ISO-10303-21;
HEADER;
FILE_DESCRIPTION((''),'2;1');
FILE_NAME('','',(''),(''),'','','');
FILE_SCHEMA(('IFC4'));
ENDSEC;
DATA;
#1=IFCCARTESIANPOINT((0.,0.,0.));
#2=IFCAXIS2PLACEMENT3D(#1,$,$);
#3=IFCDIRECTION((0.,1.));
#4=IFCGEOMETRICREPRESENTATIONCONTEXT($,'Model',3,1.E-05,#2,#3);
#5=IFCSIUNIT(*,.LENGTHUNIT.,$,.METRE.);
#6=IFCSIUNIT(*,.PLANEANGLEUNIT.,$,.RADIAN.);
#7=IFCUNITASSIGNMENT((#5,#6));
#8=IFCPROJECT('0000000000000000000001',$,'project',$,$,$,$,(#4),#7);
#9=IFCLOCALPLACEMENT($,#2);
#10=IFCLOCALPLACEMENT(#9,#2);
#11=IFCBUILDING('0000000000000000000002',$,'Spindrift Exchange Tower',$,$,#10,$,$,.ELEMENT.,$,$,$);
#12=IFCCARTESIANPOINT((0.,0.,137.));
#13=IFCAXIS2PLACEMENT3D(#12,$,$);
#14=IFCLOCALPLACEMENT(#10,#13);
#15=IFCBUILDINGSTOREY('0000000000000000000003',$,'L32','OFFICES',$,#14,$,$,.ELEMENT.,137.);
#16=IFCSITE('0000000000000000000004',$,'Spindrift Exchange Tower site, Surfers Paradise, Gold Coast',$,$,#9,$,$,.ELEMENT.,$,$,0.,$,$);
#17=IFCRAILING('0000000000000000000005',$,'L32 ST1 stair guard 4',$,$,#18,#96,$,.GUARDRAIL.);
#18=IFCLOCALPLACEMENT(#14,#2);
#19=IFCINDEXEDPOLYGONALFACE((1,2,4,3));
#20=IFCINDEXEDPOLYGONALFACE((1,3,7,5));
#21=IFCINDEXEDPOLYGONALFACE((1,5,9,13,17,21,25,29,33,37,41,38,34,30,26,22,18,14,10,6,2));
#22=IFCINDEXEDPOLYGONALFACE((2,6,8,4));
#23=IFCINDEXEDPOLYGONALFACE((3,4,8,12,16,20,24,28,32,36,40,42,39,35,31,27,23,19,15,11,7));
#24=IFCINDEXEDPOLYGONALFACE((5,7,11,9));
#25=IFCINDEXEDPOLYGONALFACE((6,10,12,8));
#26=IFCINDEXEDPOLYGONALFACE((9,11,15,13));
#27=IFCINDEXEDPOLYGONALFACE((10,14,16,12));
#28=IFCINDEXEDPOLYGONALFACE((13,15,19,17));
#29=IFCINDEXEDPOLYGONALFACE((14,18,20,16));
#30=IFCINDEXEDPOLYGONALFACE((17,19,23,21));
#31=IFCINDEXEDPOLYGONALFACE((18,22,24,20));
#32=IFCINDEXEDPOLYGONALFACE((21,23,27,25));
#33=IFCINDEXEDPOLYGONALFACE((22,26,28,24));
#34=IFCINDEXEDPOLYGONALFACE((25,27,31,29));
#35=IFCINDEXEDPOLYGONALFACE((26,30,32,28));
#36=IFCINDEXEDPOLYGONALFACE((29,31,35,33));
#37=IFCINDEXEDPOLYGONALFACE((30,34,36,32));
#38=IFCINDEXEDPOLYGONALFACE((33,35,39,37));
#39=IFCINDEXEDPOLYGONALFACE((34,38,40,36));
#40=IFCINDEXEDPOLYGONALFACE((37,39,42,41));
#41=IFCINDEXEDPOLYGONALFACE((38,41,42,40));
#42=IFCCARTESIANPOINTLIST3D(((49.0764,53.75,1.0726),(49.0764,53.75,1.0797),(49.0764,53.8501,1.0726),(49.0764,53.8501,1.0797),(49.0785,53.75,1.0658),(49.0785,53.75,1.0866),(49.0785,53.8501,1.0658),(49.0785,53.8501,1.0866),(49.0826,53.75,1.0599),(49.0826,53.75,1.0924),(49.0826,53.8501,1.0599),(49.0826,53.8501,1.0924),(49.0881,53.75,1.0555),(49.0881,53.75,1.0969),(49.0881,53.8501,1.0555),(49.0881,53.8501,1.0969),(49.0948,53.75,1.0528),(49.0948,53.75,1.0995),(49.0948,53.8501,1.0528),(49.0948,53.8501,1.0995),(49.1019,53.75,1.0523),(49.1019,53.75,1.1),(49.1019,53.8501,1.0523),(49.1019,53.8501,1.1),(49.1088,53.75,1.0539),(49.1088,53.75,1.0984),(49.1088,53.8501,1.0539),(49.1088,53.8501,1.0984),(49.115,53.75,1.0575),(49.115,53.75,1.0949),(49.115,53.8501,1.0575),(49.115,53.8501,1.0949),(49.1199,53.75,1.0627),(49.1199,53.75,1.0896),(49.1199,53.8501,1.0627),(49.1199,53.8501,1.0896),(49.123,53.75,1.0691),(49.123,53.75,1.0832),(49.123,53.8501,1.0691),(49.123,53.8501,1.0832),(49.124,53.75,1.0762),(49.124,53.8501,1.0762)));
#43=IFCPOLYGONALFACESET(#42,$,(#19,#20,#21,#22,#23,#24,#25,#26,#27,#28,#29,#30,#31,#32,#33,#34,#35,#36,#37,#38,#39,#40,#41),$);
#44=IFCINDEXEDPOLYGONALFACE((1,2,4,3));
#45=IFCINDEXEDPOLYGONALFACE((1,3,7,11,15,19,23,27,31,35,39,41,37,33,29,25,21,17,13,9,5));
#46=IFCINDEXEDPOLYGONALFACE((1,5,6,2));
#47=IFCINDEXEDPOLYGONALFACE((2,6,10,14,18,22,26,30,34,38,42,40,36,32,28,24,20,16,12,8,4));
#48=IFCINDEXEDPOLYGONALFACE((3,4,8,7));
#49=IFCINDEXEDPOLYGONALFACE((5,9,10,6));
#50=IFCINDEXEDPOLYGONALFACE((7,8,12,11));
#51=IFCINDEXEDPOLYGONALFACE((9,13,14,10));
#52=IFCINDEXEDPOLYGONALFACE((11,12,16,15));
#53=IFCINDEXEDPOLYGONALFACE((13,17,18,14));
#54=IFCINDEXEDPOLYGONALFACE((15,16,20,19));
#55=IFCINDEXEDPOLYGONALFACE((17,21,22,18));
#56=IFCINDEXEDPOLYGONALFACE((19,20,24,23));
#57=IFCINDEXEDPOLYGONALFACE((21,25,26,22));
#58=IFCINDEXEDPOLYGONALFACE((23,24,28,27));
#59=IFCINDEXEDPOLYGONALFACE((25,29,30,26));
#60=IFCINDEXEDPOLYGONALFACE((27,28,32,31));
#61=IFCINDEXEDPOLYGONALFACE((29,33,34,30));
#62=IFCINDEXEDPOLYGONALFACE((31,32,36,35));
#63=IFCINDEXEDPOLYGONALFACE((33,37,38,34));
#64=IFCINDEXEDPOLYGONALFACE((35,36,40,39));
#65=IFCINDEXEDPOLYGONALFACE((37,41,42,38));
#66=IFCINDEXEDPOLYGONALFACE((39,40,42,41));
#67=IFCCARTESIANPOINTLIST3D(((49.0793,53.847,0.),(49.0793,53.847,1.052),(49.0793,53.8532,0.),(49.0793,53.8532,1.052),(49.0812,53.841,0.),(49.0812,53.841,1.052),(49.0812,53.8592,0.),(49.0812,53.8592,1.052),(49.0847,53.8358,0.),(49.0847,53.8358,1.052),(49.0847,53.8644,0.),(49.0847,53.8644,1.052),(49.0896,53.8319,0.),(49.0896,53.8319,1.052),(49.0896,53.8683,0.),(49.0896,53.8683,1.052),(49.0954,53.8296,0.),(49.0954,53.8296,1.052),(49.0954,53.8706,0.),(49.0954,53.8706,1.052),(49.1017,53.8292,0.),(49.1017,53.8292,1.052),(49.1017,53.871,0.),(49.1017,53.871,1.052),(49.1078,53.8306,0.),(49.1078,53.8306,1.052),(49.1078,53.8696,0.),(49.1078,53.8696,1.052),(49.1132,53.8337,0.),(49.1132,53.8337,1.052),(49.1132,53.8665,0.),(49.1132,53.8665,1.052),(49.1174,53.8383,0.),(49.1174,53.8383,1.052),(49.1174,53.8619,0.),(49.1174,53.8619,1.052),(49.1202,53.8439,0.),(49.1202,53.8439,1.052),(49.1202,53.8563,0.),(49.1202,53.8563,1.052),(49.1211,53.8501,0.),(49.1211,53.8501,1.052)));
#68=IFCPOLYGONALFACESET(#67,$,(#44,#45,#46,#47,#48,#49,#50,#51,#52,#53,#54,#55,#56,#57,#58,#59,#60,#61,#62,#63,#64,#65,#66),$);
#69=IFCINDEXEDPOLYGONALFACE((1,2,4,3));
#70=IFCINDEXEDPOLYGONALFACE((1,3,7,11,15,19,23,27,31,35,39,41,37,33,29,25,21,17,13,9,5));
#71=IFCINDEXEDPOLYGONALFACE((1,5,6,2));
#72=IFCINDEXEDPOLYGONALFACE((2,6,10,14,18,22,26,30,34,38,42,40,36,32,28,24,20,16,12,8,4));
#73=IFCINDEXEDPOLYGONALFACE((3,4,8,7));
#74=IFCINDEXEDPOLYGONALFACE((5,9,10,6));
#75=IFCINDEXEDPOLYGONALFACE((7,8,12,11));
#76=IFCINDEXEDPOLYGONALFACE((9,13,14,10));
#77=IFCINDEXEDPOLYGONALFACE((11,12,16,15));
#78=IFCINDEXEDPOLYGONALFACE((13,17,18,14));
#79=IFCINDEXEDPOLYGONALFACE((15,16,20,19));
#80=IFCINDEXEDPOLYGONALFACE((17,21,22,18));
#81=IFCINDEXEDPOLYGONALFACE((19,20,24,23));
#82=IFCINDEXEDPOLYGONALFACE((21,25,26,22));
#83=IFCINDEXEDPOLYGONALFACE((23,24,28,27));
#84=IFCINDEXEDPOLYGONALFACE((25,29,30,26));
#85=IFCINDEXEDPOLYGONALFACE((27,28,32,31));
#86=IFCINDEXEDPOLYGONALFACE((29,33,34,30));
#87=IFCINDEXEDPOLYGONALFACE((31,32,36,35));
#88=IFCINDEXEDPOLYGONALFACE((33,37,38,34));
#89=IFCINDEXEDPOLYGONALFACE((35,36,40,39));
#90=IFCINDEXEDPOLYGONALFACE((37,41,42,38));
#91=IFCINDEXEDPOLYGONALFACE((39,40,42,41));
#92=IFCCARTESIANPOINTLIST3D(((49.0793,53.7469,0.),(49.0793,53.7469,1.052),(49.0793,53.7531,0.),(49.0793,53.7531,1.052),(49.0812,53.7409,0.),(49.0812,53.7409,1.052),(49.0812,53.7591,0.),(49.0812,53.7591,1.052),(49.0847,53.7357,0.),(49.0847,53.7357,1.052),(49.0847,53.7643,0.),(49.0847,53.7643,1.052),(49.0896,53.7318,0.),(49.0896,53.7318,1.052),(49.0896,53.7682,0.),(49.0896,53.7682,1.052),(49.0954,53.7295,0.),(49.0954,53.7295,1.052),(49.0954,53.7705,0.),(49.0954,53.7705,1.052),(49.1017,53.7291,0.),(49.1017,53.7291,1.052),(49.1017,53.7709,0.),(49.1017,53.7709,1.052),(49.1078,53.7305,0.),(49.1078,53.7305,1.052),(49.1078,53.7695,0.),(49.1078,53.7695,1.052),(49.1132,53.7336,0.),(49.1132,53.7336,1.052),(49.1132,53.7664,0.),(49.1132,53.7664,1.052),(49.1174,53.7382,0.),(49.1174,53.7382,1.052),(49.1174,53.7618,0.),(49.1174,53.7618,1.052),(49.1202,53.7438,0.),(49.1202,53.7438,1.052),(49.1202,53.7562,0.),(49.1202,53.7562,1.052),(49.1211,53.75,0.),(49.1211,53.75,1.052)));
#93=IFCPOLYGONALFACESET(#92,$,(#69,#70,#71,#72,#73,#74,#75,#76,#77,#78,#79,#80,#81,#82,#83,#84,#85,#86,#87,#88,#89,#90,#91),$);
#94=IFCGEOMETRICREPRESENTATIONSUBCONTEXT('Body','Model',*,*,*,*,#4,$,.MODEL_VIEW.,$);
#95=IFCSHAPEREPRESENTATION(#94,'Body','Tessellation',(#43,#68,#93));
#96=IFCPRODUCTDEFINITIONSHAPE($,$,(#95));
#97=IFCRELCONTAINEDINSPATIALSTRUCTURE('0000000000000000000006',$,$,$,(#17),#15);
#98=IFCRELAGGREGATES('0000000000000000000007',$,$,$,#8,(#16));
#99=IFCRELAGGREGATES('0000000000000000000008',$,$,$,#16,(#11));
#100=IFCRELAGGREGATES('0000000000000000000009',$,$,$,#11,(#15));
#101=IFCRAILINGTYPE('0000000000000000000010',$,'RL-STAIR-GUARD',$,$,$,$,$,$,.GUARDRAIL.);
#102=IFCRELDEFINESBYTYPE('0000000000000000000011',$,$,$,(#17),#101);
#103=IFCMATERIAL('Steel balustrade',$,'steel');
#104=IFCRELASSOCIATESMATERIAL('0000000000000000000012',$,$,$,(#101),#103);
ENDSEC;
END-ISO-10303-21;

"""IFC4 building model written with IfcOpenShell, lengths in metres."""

from ifc_helpers import new_model, si_unit, direction, frame, origin, origin_2d, place, context, subcontext, project, spatial, circle, extrude, material, type_object, element, save


model = new_model("IFC4")

# Units and contexts
model_context = context("Model", 3, precision=1e-05, world=origin(), true_north=direction((0.0, 1.0)))
body_context = subcontext(model_context, "Body", "Model", "MODEL_VIEW")
ifc_project = project(units=[si_unit("LENGTHUNIT", "METRE"), si_unit("PLANEANGLEUNIT", "RADIAN")], contexts=[model_context])

# Site, building, storey
site_placement = place(None, origin())
site = spatial("IfcSite", under=ifc_project, at=site_placement, Name="Spindrift Exchange Tower site, Surfers Paradise, Gold Coast", CompositionType="ELEMENT", RefElevation=0.0)
building_placement = place(site_placement, origin())
building = spatial("IfcBuilding", under=site, at=building_placement, Name="Spindrift Exchange Tower", CompositionType="ELEMENT")
storey_placement = place(building_placement, frame((0.0, 0.0, 137.0)))
storey = spatial("IfcBuildingStorey", under=building, at=storey_placement, Name="L32", Description="OFFICES", CompositionType="ELEMENT", Elevation=137.0)

# Railing
ifc_material_1 = material(Name="Steel balustrade", Category="steel")
railing_type_1 = type_object("IfcRailingType", Name="RL-STAIR-GUARD", PredefinedType="GUARDRAIL", material=ifc_material_1)
railing_1_placement = place(storey_placement, frame((49.1001, 53.8501, 0.0)))
element("IfcRailing", 1, at=railing_1_placement, inside=storey, type_object=railing_type_1, Name="L32 ST1 stair guard 4", PredefinedType="GUARDRAIL", context=body_context, shape_type="SweptSolid", body=[
    extrude(circle(Radius=0.0239, at=origin_2d()), frame((0.0, 0.0, 1.0762), z_axis=(0.0, -1.0, 0.0), x_axis=(1.0, 0.0, 0.0)), (0.0, 0.0, 1.0), 0.1001),
    extrude(circle(Radius=0.021, at=origin_2d()), origin(), (0.0, 0.0, 1.0), 1.052),
    extrude(circle(Radius=0.021, at=origin_2d()), frame((0.0, -0.1001, 0.0)), (0.0, 0.0, 1.0), 1.052),
])

save(model, "model.ifc")
